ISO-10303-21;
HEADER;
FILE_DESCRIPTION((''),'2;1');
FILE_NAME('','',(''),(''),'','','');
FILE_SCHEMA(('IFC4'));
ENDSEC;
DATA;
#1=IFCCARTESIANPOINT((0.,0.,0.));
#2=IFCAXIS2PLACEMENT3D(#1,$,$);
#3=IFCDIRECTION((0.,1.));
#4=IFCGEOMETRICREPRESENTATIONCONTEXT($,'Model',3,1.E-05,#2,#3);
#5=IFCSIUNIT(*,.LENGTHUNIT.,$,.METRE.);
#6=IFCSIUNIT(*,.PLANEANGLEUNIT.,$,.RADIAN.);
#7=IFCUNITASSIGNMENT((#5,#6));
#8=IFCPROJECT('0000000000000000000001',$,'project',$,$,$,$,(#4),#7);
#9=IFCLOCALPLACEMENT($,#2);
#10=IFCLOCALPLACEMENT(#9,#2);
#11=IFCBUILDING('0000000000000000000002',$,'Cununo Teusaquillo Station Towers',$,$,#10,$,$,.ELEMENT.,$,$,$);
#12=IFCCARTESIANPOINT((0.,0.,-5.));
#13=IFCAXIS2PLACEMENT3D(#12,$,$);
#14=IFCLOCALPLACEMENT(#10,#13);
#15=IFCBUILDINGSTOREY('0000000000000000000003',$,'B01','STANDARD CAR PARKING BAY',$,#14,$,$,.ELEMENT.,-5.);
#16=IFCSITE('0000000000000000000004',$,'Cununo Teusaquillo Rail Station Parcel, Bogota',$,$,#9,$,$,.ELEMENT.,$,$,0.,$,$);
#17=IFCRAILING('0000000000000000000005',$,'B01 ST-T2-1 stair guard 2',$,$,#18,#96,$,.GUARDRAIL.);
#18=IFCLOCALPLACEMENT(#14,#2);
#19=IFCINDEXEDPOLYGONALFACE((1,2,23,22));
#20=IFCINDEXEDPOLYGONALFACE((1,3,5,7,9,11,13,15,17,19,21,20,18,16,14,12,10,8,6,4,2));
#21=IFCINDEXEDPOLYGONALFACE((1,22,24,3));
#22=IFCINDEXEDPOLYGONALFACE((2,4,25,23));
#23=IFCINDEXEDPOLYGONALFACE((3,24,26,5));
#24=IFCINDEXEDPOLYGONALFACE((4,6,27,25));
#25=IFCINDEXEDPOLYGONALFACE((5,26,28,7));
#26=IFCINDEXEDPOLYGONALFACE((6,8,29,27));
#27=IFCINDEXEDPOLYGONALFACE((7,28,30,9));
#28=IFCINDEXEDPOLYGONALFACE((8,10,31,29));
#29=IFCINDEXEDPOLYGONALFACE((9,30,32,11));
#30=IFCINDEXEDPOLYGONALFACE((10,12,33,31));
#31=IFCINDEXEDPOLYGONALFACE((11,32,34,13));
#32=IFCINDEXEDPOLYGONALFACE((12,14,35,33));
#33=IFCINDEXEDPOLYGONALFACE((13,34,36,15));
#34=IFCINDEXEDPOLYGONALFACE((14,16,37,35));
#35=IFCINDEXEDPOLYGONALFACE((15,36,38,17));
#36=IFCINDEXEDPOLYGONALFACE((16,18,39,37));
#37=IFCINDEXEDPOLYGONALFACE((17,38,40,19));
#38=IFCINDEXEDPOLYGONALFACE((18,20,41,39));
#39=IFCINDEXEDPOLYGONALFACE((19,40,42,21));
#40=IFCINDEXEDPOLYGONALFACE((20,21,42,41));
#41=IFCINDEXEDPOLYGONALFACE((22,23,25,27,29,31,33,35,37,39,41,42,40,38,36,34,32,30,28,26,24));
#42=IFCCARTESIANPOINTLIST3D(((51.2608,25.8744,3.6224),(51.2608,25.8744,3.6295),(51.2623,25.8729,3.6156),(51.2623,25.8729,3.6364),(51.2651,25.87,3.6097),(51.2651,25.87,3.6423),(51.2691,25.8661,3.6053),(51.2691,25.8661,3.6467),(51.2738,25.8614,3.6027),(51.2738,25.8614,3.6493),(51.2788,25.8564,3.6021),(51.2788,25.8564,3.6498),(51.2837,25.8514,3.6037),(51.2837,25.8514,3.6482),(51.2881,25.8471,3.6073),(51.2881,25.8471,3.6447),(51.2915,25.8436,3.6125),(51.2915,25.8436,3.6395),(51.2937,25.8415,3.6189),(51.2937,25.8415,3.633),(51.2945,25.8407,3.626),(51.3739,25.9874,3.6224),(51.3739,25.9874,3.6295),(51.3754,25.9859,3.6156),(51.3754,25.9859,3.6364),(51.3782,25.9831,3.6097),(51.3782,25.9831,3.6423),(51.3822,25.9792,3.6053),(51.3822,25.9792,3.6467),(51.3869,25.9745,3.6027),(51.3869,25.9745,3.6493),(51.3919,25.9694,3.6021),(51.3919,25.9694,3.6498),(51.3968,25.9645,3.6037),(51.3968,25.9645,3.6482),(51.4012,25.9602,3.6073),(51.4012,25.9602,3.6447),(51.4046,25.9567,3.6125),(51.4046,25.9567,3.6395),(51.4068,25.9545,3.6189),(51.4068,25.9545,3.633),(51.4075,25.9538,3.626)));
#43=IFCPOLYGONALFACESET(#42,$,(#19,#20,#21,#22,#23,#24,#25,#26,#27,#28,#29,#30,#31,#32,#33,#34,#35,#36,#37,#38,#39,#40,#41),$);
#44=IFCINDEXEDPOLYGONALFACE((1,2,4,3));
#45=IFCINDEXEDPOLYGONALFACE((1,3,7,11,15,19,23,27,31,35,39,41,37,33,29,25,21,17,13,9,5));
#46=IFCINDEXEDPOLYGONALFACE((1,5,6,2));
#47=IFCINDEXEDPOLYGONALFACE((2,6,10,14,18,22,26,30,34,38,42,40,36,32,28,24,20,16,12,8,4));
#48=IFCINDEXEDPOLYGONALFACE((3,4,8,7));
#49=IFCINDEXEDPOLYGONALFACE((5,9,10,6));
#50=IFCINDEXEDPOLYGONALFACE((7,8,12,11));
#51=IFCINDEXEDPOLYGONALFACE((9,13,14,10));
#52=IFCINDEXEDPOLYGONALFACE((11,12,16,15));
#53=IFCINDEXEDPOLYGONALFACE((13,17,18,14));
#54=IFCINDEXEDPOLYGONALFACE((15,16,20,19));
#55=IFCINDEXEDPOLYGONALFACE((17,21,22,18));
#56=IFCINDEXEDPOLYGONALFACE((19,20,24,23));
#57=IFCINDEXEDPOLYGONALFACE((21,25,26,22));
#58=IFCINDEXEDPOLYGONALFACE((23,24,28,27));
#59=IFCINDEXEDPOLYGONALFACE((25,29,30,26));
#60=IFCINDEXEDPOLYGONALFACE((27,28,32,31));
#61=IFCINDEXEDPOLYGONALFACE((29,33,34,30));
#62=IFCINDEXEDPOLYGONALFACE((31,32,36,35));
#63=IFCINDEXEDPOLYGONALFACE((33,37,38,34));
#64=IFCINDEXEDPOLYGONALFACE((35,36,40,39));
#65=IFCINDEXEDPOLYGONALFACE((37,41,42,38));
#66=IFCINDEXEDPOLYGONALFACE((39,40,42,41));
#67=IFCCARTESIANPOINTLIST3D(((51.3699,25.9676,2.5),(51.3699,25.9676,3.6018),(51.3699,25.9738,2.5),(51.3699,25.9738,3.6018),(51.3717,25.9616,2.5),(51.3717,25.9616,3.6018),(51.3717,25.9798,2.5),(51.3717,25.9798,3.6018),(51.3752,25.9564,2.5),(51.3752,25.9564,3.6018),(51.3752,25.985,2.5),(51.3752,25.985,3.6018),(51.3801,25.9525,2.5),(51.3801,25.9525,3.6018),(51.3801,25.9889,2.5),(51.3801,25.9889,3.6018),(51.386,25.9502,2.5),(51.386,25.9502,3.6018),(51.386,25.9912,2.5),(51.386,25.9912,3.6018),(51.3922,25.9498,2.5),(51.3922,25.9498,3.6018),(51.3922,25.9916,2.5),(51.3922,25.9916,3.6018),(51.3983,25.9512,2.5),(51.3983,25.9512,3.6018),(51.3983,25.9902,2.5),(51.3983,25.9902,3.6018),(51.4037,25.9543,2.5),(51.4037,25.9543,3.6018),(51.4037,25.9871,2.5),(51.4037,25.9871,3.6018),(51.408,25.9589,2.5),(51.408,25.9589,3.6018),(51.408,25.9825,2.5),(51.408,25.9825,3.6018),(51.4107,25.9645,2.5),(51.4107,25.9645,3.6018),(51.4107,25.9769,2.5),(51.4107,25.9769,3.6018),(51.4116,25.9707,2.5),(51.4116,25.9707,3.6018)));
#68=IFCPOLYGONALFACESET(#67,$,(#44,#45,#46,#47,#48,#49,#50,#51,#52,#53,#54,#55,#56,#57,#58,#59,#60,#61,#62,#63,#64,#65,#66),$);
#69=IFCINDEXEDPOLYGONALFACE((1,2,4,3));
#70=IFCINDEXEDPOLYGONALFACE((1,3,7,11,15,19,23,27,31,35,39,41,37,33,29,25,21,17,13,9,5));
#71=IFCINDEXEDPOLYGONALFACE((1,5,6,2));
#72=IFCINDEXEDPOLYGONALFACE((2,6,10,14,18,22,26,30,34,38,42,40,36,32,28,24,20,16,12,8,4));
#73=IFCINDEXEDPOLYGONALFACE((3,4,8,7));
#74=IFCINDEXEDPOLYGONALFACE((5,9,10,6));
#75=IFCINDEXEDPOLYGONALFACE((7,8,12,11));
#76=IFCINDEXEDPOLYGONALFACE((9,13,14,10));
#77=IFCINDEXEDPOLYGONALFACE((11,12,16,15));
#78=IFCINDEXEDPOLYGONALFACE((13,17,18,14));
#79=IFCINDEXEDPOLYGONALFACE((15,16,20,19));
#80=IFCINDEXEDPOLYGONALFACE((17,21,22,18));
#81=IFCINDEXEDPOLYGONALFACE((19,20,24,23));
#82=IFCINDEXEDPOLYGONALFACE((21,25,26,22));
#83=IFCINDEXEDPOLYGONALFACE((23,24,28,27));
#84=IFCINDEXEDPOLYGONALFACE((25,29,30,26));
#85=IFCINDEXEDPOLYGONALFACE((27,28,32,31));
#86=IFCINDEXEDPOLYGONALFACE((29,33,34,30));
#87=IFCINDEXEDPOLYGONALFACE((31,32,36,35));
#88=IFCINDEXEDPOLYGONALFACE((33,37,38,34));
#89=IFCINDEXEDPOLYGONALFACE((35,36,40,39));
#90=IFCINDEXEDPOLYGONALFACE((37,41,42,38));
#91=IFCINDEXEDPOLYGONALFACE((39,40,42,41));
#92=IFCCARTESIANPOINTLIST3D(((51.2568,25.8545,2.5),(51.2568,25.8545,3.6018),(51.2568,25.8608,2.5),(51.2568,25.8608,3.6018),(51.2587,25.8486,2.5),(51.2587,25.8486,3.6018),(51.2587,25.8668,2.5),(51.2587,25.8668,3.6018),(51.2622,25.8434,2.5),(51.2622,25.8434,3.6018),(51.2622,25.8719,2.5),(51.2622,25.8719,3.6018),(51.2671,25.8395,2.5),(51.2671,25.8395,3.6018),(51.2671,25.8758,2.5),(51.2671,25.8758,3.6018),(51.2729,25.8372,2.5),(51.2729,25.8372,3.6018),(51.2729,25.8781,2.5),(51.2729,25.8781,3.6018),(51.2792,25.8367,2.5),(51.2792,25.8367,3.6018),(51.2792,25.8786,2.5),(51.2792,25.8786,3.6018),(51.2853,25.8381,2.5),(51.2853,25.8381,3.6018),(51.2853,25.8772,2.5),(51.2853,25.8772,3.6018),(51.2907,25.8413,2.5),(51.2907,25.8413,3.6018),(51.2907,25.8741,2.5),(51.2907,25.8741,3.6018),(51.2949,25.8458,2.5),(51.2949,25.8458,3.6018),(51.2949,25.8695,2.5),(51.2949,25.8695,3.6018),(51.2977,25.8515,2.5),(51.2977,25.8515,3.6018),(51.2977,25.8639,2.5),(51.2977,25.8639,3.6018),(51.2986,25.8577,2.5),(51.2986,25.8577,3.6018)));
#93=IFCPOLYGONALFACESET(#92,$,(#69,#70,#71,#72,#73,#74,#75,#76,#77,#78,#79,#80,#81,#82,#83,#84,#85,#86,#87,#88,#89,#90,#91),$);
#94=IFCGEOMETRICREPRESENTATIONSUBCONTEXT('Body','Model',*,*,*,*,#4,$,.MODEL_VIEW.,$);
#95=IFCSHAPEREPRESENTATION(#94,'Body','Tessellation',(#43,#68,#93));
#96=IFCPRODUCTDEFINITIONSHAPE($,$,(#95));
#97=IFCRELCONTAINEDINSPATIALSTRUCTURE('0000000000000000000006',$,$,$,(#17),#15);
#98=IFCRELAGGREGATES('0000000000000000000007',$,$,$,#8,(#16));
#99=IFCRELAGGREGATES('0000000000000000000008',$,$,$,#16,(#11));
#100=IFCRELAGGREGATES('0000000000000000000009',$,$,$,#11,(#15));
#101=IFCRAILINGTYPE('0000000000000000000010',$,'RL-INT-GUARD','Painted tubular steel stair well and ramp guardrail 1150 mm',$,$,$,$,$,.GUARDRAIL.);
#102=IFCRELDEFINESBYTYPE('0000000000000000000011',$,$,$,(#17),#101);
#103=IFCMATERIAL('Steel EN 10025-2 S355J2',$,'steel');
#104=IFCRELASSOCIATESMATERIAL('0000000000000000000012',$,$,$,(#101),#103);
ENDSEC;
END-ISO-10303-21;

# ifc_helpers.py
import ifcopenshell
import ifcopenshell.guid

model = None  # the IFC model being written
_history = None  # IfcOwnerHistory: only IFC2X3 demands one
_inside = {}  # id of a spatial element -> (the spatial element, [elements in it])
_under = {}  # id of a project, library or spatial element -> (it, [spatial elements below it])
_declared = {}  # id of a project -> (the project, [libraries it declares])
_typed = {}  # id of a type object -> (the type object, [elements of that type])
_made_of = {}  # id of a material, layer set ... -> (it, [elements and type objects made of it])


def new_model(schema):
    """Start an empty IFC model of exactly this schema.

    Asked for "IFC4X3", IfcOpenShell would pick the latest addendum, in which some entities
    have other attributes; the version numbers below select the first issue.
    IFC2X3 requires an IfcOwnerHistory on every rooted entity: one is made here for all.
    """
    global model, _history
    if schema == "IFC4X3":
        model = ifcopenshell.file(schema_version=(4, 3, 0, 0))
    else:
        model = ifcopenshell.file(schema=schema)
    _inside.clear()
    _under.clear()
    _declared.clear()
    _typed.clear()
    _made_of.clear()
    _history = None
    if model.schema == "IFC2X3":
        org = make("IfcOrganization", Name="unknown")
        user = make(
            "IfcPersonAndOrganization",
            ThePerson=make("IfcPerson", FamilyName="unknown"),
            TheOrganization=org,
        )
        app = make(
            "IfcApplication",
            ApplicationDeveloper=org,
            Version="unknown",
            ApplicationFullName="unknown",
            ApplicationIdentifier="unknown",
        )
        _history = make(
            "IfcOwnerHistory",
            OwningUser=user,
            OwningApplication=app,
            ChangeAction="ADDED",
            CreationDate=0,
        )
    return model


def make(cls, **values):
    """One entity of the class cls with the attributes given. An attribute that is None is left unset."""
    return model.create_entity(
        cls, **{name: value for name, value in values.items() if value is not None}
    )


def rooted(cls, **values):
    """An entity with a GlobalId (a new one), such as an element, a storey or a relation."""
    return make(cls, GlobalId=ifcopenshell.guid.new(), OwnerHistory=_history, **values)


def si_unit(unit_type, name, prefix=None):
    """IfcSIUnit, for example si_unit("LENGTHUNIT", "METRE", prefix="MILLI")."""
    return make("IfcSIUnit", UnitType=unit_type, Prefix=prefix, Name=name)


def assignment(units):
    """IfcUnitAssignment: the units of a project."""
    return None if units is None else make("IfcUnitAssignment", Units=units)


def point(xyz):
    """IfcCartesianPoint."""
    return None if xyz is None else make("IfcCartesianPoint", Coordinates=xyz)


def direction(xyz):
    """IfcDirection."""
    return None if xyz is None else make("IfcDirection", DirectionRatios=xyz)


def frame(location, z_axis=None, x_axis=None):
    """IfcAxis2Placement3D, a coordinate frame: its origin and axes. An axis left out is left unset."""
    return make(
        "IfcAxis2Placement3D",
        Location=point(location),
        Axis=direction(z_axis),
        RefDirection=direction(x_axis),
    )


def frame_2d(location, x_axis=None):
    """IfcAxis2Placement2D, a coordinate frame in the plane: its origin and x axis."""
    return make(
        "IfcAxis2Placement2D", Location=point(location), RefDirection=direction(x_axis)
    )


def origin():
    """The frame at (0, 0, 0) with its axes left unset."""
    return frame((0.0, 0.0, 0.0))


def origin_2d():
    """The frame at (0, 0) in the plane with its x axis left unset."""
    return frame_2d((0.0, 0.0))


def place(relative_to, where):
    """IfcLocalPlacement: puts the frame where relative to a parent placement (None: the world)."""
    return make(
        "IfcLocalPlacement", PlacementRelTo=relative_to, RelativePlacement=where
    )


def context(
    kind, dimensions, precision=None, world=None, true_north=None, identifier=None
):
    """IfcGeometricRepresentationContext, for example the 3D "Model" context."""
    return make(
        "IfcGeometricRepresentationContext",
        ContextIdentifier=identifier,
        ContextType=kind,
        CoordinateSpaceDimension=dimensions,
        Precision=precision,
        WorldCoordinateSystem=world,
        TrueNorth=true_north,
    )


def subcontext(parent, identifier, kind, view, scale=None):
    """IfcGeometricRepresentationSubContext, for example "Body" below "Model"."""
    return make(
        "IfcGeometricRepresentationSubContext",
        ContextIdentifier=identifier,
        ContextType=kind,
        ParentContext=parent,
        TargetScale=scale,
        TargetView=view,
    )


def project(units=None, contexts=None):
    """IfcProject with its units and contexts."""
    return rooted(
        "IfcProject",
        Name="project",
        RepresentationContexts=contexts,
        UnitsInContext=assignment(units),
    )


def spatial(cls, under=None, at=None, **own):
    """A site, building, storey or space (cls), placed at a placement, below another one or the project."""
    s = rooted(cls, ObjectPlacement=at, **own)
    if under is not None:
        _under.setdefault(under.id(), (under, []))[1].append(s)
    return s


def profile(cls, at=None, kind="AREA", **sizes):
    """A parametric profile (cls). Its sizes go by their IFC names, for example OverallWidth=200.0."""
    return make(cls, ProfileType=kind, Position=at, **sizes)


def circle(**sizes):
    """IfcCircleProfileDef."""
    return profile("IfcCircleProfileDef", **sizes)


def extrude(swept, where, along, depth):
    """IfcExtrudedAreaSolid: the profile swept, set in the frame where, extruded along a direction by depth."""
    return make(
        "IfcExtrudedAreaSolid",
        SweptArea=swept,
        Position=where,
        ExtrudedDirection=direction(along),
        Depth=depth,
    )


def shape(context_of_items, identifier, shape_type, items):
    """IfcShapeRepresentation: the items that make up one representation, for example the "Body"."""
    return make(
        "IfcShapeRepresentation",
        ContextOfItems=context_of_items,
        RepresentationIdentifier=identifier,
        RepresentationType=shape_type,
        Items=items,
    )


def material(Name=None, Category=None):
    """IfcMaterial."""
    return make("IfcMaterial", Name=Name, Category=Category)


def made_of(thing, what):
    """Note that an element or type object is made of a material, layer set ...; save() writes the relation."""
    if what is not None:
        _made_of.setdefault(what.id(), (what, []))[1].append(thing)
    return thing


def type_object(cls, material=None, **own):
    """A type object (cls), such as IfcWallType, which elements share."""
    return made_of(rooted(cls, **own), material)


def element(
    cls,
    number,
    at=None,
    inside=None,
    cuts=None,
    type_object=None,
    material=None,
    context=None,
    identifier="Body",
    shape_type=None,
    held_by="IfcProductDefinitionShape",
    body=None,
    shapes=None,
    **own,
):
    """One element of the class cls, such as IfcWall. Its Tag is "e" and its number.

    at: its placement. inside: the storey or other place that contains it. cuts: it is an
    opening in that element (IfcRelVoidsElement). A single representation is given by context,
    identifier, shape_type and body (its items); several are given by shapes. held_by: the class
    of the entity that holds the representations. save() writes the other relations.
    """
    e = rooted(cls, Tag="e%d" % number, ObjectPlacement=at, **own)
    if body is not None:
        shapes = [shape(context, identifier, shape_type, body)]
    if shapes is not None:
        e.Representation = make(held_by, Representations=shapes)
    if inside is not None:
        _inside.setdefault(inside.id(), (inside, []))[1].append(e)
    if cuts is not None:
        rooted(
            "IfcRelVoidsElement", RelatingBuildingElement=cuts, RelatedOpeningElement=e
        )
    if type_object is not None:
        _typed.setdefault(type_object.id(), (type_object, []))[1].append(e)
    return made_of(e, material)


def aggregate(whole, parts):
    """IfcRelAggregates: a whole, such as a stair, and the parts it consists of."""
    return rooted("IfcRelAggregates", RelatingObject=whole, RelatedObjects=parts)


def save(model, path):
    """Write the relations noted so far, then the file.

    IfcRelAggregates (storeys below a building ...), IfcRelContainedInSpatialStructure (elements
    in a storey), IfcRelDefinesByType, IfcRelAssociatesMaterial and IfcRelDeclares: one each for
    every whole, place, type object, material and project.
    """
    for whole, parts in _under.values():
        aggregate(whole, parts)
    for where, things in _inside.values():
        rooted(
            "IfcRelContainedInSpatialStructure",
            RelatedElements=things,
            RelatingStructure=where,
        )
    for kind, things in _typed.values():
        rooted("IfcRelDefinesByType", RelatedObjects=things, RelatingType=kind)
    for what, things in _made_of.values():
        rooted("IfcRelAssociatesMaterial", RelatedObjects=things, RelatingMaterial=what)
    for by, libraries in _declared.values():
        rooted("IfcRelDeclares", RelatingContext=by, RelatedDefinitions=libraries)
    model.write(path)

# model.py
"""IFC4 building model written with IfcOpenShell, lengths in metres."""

from ifc_helpers import new_model, si_unit, direction, frame, origin, origin_2d, place, context, subcontext, project, spatial, circle, extrude, material, type_object, element, save


model = new_model("IFC4")

# Units and contexts
model_context = context("Model", 3, precision=1e-05, world=origin(), true_north=direction((0.0, 1.0)))
body_context = subcontext(model_context, "Body", "Model", "MODEL_VIEW")
ifc_project = project(units=[si_unit("LENGTHUNIT", "METRE"), si_unit("PLANEANGLEUNIT", "RADIAN")], contexts=[model_context])

# Site, building, storey
site_placement = place(None, origin())
site = spatial("IfcSite", under=ifc_project, at=site_placement, Name="Cununo Teusaquillo Rail Station Parcel, Bogota", CompositionType="ELEMENT", RefElevation=0.0)
building_placement = place(site_placement, origin())
building = spatial("IfcBuilding", under=site, at=building_placement, Name="Cununo Teusaquillo Station Towers", CompositionType="ELEMENT")
storey_placement = place(building_placement, frame((0.0, 0.0, -5.0)))
storey = spatial("IfcBuildingStorey", under=building, at=storey_placement, Name="B01", Description="STANDARD CAR PARKING BAY", CompositionType="ELEMENT", Elevation=-5.0)

# Railing
ifc_material_1 = material(Name="Steel EN 10025-2 S355J2", Category="steel")
railing_type_1 = type_object("IfcRailingType", Name="RL-INT-GUARD", Description="Painted tubular steel stair well and ramp guardrail 1150 mm", PredefinedType="GUARDRAIL", material=ifc_material_1)
railing_1_placement = place(storey_placement, frame((51.3906, 25.9707, 2.5)))
element("IfcRailing", 1, at=railing_1_placement, inside=storey, type_object=railing_type_1, Name="B01 ST-T2-1 stair guard 2", PredefinedType="GUARDRAIL", context=body_context, shape_type="SweptSolid", body=[
    extrude(circle(Radius=0.0239, at=origin_2d()), frame((0.0, 0.0, 1.126), z_axis=(-0.707107, -0.707107, 0.0), x_axis=(0.707107, -0.707107, 0.0)), (0.0, 0.0, 1.0), 0.1599),
    extrude(circle(Radius=0.021, at=origin_2d()), origin(), (0.0, 0.0, 1.0), 1.1018),
    extrude(circle(Radius=0.021, at=origin_2d()), frame((-0.113, -0.113, 0.0)), (0.0, 0.0, 1.0), 1.1018),
])

save(model, "model.ifc")
